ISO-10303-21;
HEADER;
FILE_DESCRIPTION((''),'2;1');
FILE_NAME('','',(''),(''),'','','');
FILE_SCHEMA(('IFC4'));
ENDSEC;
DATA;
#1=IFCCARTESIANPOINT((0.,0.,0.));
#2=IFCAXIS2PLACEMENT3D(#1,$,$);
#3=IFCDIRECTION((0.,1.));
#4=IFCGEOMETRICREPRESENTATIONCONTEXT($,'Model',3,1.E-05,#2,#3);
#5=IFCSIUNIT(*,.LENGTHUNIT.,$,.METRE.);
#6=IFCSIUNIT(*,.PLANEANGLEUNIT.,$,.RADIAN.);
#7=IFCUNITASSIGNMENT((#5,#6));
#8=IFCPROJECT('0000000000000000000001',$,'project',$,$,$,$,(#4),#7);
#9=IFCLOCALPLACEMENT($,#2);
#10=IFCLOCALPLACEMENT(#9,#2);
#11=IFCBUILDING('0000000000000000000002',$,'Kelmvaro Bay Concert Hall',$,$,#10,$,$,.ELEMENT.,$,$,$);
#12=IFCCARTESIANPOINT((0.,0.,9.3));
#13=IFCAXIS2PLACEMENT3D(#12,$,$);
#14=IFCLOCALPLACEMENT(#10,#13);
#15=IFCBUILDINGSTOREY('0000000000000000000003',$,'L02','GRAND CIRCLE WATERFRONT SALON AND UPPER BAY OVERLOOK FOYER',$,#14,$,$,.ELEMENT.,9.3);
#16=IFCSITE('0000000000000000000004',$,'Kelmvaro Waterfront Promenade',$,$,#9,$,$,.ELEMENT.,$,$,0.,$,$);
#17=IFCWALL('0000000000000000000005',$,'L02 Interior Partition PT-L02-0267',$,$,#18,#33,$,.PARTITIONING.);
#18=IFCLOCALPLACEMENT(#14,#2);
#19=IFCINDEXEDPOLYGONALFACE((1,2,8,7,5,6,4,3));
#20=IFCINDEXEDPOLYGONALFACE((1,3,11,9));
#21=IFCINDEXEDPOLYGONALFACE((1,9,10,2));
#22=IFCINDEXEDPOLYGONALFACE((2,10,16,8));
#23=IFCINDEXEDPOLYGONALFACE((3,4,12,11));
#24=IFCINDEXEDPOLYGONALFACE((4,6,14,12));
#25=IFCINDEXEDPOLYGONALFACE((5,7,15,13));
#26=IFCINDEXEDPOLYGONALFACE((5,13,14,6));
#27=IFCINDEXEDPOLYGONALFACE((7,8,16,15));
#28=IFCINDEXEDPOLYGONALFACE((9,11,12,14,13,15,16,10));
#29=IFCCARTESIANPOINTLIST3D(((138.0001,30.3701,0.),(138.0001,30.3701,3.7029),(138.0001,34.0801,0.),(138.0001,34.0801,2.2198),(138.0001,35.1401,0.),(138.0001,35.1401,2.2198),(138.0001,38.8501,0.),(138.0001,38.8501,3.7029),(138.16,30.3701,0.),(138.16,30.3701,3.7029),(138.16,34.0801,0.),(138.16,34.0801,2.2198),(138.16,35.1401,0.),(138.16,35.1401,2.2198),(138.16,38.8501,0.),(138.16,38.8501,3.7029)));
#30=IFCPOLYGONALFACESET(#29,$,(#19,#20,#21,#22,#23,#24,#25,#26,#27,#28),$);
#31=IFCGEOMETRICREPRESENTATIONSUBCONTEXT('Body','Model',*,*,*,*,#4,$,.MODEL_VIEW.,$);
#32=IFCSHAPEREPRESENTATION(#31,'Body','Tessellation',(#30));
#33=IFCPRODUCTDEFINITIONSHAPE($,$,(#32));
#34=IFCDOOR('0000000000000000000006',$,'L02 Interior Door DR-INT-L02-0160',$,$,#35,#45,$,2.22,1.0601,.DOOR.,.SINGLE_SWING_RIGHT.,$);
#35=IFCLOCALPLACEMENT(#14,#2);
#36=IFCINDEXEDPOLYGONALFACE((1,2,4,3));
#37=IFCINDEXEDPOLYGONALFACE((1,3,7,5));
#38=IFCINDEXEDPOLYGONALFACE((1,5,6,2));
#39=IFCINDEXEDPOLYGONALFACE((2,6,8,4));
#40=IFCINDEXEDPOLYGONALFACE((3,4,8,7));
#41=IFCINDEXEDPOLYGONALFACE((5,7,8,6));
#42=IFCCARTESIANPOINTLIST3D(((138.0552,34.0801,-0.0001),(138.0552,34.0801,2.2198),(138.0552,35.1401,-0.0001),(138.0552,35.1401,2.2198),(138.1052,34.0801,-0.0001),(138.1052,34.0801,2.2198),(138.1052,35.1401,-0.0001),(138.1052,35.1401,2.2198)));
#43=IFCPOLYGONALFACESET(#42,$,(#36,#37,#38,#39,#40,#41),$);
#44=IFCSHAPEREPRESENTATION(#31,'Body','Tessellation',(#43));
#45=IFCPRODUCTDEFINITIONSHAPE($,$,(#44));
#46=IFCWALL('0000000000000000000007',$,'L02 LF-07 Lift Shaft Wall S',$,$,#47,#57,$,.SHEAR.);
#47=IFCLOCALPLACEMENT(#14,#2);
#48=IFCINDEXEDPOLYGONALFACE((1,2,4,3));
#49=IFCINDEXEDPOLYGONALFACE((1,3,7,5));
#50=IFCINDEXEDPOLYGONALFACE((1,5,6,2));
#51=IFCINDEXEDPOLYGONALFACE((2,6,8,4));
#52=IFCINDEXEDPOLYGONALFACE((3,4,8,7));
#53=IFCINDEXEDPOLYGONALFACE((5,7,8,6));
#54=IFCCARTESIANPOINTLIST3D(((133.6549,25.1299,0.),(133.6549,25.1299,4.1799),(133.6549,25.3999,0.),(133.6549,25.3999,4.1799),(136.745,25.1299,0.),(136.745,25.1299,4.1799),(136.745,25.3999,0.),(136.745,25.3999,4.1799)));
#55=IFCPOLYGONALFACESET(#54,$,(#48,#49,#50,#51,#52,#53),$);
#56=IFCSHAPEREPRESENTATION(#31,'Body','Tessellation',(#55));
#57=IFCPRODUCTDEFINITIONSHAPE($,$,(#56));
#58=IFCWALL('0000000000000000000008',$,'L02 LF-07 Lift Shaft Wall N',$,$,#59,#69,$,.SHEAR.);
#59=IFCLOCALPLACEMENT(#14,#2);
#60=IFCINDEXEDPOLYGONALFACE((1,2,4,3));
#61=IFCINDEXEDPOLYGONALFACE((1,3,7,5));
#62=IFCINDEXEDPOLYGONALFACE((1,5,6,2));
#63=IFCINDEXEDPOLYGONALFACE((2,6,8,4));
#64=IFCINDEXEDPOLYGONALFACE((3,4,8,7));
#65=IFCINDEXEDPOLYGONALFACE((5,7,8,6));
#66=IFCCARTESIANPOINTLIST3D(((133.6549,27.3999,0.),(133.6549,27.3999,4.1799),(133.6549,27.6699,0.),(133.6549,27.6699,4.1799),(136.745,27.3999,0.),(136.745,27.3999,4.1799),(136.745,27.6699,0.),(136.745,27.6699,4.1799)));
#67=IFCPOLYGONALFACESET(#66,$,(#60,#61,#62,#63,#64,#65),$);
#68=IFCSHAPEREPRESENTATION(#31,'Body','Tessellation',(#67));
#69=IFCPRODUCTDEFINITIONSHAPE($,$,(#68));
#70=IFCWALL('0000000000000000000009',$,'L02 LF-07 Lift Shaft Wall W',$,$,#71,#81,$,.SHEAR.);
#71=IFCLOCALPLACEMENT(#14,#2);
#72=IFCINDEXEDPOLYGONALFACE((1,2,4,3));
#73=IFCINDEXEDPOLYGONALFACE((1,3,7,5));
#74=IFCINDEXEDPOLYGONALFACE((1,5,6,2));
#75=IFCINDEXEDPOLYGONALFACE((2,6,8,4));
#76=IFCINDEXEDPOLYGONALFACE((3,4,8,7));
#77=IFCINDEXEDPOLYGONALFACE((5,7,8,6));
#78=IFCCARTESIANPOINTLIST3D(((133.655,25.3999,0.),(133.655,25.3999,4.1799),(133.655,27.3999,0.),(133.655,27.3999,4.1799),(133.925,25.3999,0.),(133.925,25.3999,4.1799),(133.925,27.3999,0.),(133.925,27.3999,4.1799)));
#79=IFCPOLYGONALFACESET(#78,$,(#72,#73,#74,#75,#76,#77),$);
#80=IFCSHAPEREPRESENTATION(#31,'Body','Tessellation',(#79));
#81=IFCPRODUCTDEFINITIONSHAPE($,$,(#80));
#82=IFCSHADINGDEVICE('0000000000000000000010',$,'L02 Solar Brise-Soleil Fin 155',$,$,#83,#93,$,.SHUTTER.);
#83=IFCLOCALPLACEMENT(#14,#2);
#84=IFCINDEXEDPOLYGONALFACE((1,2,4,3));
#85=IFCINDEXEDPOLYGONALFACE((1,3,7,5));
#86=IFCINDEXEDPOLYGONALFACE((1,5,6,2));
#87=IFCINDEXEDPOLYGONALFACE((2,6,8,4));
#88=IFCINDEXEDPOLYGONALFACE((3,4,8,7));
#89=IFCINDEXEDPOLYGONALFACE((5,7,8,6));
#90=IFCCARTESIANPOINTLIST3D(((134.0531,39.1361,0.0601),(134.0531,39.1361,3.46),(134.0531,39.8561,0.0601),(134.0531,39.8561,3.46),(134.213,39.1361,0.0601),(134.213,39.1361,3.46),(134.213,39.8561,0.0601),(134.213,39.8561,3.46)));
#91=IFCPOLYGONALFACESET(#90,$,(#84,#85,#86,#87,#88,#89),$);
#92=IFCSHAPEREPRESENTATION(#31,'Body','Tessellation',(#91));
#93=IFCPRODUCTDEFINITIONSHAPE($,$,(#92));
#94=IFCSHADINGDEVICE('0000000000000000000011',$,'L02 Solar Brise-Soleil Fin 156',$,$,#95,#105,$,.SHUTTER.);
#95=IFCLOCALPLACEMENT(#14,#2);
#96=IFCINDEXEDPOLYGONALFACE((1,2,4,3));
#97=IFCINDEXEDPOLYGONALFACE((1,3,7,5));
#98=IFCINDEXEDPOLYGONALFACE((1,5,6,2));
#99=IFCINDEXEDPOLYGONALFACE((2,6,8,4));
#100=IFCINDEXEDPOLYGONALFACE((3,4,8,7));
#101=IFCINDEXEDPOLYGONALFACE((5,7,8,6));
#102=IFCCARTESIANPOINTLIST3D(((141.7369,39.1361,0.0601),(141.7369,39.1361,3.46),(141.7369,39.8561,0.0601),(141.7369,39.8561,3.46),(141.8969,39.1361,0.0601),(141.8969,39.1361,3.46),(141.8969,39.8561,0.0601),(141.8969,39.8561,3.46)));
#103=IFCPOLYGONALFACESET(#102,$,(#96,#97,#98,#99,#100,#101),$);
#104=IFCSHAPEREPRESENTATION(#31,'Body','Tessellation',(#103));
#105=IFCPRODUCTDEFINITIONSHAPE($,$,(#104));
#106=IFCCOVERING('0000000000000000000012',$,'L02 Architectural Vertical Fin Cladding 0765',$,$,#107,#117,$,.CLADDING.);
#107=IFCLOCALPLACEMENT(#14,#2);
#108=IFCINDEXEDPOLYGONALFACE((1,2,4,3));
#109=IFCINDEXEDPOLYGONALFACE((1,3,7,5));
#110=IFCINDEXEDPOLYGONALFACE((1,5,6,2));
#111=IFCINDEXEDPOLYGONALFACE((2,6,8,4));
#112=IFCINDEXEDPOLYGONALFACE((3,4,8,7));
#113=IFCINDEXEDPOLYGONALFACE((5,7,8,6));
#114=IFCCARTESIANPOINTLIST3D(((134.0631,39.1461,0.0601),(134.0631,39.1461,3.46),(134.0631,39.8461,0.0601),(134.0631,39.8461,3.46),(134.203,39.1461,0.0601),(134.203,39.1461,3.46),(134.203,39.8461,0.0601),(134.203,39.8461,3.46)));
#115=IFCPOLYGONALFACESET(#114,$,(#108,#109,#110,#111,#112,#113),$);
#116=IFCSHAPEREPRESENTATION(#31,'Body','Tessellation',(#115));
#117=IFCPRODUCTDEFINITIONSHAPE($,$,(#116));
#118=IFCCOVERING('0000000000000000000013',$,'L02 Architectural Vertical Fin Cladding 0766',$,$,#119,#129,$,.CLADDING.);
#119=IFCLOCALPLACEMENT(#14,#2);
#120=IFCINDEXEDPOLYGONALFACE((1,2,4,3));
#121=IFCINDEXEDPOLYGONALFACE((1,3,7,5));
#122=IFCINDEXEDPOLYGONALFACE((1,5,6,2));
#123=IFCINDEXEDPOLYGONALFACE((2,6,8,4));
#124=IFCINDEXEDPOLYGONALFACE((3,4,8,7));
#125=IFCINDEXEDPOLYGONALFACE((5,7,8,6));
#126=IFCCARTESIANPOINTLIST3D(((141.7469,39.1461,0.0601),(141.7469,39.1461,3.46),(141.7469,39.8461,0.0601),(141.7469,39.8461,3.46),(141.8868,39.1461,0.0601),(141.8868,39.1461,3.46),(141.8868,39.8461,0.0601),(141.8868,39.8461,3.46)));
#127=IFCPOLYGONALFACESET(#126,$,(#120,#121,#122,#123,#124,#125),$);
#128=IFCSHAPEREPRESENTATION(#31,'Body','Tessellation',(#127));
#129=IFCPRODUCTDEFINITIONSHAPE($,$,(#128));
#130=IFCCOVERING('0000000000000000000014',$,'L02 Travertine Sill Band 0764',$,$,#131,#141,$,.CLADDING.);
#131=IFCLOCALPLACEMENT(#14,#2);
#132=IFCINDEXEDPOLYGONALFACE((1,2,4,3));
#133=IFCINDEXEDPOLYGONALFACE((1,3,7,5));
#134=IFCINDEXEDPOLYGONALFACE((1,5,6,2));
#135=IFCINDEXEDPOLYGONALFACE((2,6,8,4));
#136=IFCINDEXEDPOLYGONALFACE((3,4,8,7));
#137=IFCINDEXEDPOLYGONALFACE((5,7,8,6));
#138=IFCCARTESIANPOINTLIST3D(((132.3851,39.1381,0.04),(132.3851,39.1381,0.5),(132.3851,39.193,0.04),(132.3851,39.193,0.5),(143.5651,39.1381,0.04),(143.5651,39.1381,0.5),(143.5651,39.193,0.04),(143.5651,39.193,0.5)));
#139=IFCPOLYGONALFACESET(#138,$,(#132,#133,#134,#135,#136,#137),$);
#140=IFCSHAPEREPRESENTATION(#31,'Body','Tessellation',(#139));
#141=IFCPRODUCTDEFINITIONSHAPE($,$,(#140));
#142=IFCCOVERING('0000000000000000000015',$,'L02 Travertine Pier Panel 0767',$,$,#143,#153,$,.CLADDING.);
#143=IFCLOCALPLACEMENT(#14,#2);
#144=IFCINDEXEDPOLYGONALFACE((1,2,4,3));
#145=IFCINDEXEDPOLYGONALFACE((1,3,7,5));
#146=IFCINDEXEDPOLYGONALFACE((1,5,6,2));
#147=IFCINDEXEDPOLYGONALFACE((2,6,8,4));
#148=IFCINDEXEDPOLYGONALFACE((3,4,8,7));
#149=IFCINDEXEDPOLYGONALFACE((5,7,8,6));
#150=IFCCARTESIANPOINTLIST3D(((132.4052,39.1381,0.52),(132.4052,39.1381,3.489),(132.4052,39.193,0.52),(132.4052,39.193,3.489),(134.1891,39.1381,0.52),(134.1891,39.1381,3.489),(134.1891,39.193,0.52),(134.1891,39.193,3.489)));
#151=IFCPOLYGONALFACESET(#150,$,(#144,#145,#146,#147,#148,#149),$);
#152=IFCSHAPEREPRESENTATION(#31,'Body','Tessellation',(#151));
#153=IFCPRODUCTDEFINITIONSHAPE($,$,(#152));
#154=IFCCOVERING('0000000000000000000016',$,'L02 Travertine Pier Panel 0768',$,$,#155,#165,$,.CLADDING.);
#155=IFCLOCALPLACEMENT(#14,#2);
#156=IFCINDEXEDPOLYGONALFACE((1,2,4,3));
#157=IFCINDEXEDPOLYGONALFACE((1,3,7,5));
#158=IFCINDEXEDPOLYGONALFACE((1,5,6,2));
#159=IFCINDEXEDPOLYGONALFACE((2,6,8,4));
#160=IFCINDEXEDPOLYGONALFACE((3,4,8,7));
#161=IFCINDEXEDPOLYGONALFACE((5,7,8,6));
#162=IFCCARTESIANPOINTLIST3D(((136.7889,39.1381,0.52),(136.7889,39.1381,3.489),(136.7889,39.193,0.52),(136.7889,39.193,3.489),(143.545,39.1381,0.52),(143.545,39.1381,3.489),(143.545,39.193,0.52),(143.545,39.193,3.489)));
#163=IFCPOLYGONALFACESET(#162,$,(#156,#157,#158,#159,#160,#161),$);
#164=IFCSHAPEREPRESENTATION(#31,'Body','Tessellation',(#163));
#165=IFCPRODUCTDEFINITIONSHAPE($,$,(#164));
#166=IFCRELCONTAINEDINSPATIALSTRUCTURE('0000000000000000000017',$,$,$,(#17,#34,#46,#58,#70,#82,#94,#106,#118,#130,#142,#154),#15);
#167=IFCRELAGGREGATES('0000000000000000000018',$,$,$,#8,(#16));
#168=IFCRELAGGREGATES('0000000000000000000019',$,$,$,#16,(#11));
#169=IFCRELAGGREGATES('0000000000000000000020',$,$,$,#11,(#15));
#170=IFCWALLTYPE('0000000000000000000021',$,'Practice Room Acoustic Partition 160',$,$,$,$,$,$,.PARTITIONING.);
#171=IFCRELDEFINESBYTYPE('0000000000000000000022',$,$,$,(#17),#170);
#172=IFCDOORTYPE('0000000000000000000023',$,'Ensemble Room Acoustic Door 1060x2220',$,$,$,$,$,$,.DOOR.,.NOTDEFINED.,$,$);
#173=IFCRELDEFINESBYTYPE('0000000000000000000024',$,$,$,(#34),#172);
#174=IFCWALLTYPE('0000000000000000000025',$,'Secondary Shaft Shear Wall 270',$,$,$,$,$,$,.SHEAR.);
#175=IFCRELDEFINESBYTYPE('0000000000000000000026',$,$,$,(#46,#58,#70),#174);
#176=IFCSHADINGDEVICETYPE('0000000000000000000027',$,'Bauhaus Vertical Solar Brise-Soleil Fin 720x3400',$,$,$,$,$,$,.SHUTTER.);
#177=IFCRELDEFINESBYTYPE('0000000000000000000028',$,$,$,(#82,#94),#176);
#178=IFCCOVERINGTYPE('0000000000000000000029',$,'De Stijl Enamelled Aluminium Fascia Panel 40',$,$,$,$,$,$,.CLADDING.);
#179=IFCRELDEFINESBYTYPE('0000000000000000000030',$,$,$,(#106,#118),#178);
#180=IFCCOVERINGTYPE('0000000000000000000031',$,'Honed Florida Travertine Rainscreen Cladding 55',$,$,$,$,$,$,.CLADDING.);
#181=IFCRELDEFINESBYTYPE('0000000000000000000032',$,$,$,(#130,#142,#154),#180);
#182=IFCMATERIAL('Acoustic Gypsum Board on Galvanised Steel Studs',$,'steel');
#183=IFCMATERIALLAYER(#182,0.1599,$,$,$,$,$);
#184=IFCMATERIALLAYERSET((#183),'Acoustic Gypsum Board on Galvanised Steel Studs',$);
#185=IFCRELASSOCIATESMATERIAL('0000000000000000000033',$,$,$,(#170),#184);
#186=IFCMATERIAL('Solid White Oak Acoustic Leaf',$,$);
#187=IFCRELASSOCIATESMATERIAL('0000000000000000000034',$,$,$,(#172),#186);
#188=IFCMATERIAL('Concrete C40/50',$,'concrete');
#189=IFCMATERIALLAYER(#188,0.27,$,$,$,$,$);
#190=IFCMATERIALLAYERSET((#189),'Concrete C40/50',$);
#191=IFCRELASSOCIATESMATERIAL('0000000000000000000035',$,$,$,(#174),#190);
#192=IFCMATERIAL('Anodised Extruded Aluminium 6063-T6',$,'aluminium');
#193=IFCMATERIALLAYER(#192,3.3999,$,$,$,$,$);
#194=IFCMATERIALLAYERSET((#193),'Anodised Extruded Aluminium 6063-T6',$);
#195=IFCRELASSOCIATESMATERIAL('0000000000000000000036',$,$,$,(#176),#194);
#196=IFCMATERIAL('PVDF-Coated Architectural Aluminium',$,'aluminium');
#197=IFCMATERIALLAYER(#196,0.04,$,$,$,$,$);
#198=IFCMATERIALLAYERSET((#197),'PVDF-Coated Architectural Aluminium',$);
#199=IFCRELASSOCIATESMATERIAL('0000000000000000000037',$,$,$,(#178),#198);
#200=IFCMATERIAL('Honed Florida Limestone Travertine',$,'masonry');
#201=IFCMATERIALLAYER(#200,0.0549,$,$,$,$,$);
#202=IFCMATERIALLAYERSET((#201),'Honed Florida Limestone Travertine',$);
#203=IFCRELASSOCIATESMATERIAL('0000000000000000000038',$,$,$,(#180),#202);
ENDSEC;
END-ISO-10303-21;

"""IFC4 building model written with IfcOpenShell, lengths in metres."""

from ifc_helpers import new_model, si_unit, direction, frame, frame_2d, origin, origin_2d, place, context, subcontext, project, spatial, rectangle, extrude, material, layer, layer_set, type_object, element, fill, save


model = new_model("IFC4")

# Units and contexts
model_context = context("Model", 3, precision=1e-05, world=origin(), true_north=direction((0.0, 1.0)))
body_context = subcontext(model_context, "Body", "Model", "MODEL_VIEW")
ifc_project = project(units=[si_unit("LENGTHUNIT", "METRE"), si_unit("PLANEANGLEUNIT", "RADIAN")], contexts=[model_context])

# Site, building, storey
site_placement = place(None, origin())
site = spatial("IfcSite", under=ifc_project, at=site_placement, Name="Kelmvaro Waterfront Promenade", CompositionType="ELEMENT", RefElevation=0.0)
building_placement = place(site_placement, origin())
building = spatial("IfcBuilding", under=site, at=building_placement, Name="Kelmvaro Bay Concert Hall", CompositionType="ELEMENT")
storey_placement = place(building_placement, frame((0.0, 0.0, 9.3)))
storey = spatial("IfcBuildingStorey", under=building, at=storey_placement, Name="L02", Description="GRAND CIRCLE WATERFRONT SALON AND UPPER BAY OVERLOOK FOYER", CompositionType="ELEMENT", Elevation=9.3)

# Shared definitions
ifc_material_1 = material(Name="Acoustic Gypsum Board on Galvanised Steel Studs", Category="steel")
ifc_layer_1 = layer(ifc_material_1, 0.1599)
ifc_layer_set_1 = layer_set([ifc_layer_1], Name="Acoustic Gypsum Board on Galvanised Steel Studs")
wall_type_1 = type_object("IfcWallType", Name="Practice Room Acoustic Partition 160", PredefinedType="PARTITIONING", material=ifc_layer_set_1)

# Wall, opening, door
wall_1_placement = place(storey_placement, frame((138.0801, 30.3701, 0.0), z_axis=(0.0, 0.0, 1.0), x_axis=(0.0, 1.0, 0.0)))
wall_1 = element("IfcWall", 1, at=wall_1_placement, inside=storey, type_object=wall_type_1, Name="L02 Interior Partition PT-L02-0267", PredefinedType="PARTITIONING", context=body_context, shape_type="SweptSolid", body=[
    extrude(rectangle(XDim=8.48, YDim=0.1599, at=frame_2d((4.24, 0.0))), origin(), (0.0, 0.0, 1.0), 3.7029),
])
opening_1_placement = place(wall_1_placement, frame((3.71, 0.0, 0.0)))
opening_1 = element("IfcOpeningElement", 2, at=opening_1_placement, cuts=wall_1, PredefinedType="OPENING", context=body_context, shape_type="SweptSolid", body=[
    extrude(rectangle(XDim=1.0601, YDim=2.22, at=frame_2d((0.53, 1.1099))), frame((0.0, 0.0898, 0.0), z_axis=(0.0, -1.0, 0.0), x_axis=(1.0, 0.0, 0.0)), (0.0, 0.0, 1.0), 0.1799),
])
ifc_material_2 = material(Name="Solid White Oak Acoustic Leaf")
door_type_1 = type_object("IfcDoorType", Name="Ensemble Room Acoustic Door 1060x2220", OperationType="NOTDEFINED", PredefinedType="DOOR", material=ifc_material_2)
door_1_placement = place(opening_1_placement, origin())
door_1 = element("IfcDoor", 3, at=door_1_placement, inside=storey, type_object=door_type_1, Name="L02 Interior Door DR-INT-L02-0160", OperationType="SINGLE_SWING_RIGHT", OverallHeight=2.22, OverallWidth=1.0601, PredefinedType="DOOR", context=body_context, shape_type="SweptSolid", body=[
    extrude(rectangle(XDim=1.0601, YDim=2.22, at=frame_2d((0.53, 1.1099))), frame((0.0, 0.0249, 0.0), z_axis=(0.0, -1.0, 0.0), x_axis=(1.0, 0.0, 0.0)), (0.0, 0.0, 1.0), 0.05),
])
fill(opening_1, door_1)

# Walls
ifc_material_3 = material(Name="Concrete C40/50", Category="concrete")
ifc_layer_2 = layer(ifc_material_3, 0.27)
ifc_layer_set_2 = layer_set([ifc_layer_2], Name="Concrete C40/50")
wall_type_2 = type_object("IfcWallType", Name="Secondary Shaft Shear Wall 270", PredefinedType="SHEAR", material=ifc_layer_set_2)
for number, where, z_axis, x_axis, name in (
    (4, (133.655, 25.2649, 0.0), (0.0, 0.0, 1.0), (1.0, 0.0, 0.0), "L02 LF-07 Lift Shaft Wall S"),
    (5, (133.655, 27.5349, 0.0), (0.0, 0.0, 1.0), (1.0, 0.0, 0.0), "L02 LF-07 Lift Shaft Wall N"),
):
    element("IfcWall", number, at=place(storey_placement, frame(where, z_axis=z_axis, x_axis=x_axis)), inside=storey, type_object=wall_type_2, Name=name, PredefinedType="SHEAR", context=body_context, shape_type="SweptSolid", body=[
        extrude(rectangle(XDim=3.0901, YDim=0.27, at=frame_2d((1.5449, 0.0))), origin(), (0.0, 0.0, 1.0), 4.1799),
    ])
wall_2_placement = place(storey_placement, frame((133.79, 25.3999, 0.0), z_axis=(0.0, 0.0, 1.0), x_axis=(0.0, 1.0, 0.0)))
element("IfcWall", 6, at=wall_2_placement, inside=storey, type_object=wall_type_2, Name="L02 LF-07 Lift Shaft Wall W", PredefinedType="SHEAR", context=body_context, shape_type="SweptSolid", body=[
    extrude(rectangle(XDim=2.0, YDim=0.27, at=frame_2d((1.0, 0.0))), origin(), (0.0, 0.0, 1.0), 4.1799),
])

# Shading devices
ifc_material_4 = material(Name="Anodised Extruded Aluminium 6063-T6", Category="aluminium")
ifc_layer_3 = layer(ifc_material_4, 3.3999)
ifc_layer_set_3 = layer_set([ifc_layer_3], Name="Anodised Extruded Aluminium 6063-T6")
shading_device_type = type_object("IfcShadingDeviceType", Name="Bauhaus Vertical Solar Brise-Soleil Fin 720x3400", PredefinedType="SHUTTER", material=ifc_layer_set_3)
for number, where, z_axis, x_axis, name in (
    (7, (134.1331, 39.4961, 0.0601), (0.0, 0.0, 1.0), (1.0, 0.0, 0.0), "L02 Solar Brise-Soleil Fin 155"),
    (8, (141.8169, 39.4961, 0.0601), (0.0, 0.0, 1.0), (1.0, 0.0, 0.0), "L02 Solar Brise-Soleil Fin 156"),
):
    element("IfcShadingDevice", number, at=place(storey_placement, frame(where, z_axis=z_axis, x_axis=x_axis)), inside=storey, type_object=shading_device_type, Name=name, PredefinedType="SHUTTER", context=body_context, shape_type="SweptSolid", body=[
        extrude(rectangle(XDim=0.1599, YDim=0.72, at=origin_2d()), origin(), (0.0, 0.0, 1.0), 3.3999),
    ])

# Coverings
ifc_material_5 = material(Name="PVDF-Coated Architectural Aluminium", Category="aluminium")
ifc_layer_4 = layer(ifc_material_5, 0.04)
ifc_layer_set_4 = layer_set([ifc_layer_4], Name="PVDF-Coated Architectural Aluminium")
covering_type_1 = type_object("IfcCoveringType", Name="De Stijl Enamelled Aluminium Fascia Panel 40", PredefinedType="CLADDING", material=ifc_layer_set_4)
for number, where, z_axis, x_axis, name in (
    (9, (134.1331, 39.4961, 0.0601), (0.0, 0.0, 1.0), (1.0, 0.0, 0.0), "L02 Architectural Vertical Fin Cladding 0765"),
    (10, (141.8169, 39.4961, 0.0601), (0.0, 0.0, 1.0), (1.0, 0.0, 0.0), "L02 Architectural Vertical Fin Cladding 0766"),
):
    element("IfcCovering", number, at=place(storey_placement, frame(where, z_axis=z_axis, x_axis=x_axis)), inside=storey, type_object=covering_type_1, Name=name, PredefinedType="CLADDING", context=body_context, shape_type="SweptSolid", body=[
        extrude(rectangle(XDim=0.1399, YDim=0.7, at=origin_2d()), origin(), (0.0, 0.0, 1.0), 3.3999),
    ])
ifc_material_6 = material(Name="Honed Florida Limestone Travertine", Category="masonry")
ifc_layer_5 = layer(ifc_material_6, 0.0549)
ifc_layer_set_5 = layer_set([ifc_layer_5], Name="Honed Florida Limestone Travertine")
covering_type_2 = type_object("IfcCoveringType", Name="Honed Florida Travertine Rainscreen Cladding 55", PredefinedType="CLADDING", material=ifc_layer_set_5)
covering_1_placement = place(storey_placement, frame((137.9751, 39.1655, 0.04), z_axis=(0.0, 0.0, 1.0), x_axis=(1.0, 0.0, 0.0)))
element("IfcCovering", 11, at=covering_1_placement, inside=storey, type_object=covering_type_2, Name="L02 Travertine Sill Band 0764", PredefinedType="CLADDING", context=body_context, shape_type="SweptSolid", body=[
    extrude(rectangle(XDim=11.1799, YDim=0.0549, at=origin_2d()), origin(), (0.0, 0.0, 1.0), 0.46),
])
covering_2_placement = place(storey_placement, frame((133.2971, 39.1655, 0.52), z_axis=(0.0, 0.0, 1.0), x_axis=(1.0, 0.0, 0.0)))
element("IfcCovering", 12, at=covering_2_placement, inside=storey, type_object=covering_type_2, Name="L02 Travertine Pier Panel 0767", PredefinedType="CLADDING", context=body_context, shape_type="SweptSolid", body=[
    extrude(rectangle(XDim=1.7839, YDim=0.0549, at=origin_2d()), origin(), (0.0, 0.0, 1.0), 2.969),
])
covering_3_placement = place(storey_placement, frame((140.167, 39.1655, 0.52), z_axis=(0.0, 0.0, 1.0), x_axis=(1.0, 0.0, 0.0)))
element("IfcCovering", 13, at=covering_3_placement, inside=storey, type_object=covering_type_2, Name="L02 Travertine Pier Panel 0768", PredefinedType="CLADDING", context=body_context, shape_type="SweptSolid", body=[
    extrude(rectangle(XDim=6.7561, YDim=0.0549, at=origin_2d()), origin(), (0.0, 0.0, 1.0), 2.969),
])

save(model, "model.ifc")
